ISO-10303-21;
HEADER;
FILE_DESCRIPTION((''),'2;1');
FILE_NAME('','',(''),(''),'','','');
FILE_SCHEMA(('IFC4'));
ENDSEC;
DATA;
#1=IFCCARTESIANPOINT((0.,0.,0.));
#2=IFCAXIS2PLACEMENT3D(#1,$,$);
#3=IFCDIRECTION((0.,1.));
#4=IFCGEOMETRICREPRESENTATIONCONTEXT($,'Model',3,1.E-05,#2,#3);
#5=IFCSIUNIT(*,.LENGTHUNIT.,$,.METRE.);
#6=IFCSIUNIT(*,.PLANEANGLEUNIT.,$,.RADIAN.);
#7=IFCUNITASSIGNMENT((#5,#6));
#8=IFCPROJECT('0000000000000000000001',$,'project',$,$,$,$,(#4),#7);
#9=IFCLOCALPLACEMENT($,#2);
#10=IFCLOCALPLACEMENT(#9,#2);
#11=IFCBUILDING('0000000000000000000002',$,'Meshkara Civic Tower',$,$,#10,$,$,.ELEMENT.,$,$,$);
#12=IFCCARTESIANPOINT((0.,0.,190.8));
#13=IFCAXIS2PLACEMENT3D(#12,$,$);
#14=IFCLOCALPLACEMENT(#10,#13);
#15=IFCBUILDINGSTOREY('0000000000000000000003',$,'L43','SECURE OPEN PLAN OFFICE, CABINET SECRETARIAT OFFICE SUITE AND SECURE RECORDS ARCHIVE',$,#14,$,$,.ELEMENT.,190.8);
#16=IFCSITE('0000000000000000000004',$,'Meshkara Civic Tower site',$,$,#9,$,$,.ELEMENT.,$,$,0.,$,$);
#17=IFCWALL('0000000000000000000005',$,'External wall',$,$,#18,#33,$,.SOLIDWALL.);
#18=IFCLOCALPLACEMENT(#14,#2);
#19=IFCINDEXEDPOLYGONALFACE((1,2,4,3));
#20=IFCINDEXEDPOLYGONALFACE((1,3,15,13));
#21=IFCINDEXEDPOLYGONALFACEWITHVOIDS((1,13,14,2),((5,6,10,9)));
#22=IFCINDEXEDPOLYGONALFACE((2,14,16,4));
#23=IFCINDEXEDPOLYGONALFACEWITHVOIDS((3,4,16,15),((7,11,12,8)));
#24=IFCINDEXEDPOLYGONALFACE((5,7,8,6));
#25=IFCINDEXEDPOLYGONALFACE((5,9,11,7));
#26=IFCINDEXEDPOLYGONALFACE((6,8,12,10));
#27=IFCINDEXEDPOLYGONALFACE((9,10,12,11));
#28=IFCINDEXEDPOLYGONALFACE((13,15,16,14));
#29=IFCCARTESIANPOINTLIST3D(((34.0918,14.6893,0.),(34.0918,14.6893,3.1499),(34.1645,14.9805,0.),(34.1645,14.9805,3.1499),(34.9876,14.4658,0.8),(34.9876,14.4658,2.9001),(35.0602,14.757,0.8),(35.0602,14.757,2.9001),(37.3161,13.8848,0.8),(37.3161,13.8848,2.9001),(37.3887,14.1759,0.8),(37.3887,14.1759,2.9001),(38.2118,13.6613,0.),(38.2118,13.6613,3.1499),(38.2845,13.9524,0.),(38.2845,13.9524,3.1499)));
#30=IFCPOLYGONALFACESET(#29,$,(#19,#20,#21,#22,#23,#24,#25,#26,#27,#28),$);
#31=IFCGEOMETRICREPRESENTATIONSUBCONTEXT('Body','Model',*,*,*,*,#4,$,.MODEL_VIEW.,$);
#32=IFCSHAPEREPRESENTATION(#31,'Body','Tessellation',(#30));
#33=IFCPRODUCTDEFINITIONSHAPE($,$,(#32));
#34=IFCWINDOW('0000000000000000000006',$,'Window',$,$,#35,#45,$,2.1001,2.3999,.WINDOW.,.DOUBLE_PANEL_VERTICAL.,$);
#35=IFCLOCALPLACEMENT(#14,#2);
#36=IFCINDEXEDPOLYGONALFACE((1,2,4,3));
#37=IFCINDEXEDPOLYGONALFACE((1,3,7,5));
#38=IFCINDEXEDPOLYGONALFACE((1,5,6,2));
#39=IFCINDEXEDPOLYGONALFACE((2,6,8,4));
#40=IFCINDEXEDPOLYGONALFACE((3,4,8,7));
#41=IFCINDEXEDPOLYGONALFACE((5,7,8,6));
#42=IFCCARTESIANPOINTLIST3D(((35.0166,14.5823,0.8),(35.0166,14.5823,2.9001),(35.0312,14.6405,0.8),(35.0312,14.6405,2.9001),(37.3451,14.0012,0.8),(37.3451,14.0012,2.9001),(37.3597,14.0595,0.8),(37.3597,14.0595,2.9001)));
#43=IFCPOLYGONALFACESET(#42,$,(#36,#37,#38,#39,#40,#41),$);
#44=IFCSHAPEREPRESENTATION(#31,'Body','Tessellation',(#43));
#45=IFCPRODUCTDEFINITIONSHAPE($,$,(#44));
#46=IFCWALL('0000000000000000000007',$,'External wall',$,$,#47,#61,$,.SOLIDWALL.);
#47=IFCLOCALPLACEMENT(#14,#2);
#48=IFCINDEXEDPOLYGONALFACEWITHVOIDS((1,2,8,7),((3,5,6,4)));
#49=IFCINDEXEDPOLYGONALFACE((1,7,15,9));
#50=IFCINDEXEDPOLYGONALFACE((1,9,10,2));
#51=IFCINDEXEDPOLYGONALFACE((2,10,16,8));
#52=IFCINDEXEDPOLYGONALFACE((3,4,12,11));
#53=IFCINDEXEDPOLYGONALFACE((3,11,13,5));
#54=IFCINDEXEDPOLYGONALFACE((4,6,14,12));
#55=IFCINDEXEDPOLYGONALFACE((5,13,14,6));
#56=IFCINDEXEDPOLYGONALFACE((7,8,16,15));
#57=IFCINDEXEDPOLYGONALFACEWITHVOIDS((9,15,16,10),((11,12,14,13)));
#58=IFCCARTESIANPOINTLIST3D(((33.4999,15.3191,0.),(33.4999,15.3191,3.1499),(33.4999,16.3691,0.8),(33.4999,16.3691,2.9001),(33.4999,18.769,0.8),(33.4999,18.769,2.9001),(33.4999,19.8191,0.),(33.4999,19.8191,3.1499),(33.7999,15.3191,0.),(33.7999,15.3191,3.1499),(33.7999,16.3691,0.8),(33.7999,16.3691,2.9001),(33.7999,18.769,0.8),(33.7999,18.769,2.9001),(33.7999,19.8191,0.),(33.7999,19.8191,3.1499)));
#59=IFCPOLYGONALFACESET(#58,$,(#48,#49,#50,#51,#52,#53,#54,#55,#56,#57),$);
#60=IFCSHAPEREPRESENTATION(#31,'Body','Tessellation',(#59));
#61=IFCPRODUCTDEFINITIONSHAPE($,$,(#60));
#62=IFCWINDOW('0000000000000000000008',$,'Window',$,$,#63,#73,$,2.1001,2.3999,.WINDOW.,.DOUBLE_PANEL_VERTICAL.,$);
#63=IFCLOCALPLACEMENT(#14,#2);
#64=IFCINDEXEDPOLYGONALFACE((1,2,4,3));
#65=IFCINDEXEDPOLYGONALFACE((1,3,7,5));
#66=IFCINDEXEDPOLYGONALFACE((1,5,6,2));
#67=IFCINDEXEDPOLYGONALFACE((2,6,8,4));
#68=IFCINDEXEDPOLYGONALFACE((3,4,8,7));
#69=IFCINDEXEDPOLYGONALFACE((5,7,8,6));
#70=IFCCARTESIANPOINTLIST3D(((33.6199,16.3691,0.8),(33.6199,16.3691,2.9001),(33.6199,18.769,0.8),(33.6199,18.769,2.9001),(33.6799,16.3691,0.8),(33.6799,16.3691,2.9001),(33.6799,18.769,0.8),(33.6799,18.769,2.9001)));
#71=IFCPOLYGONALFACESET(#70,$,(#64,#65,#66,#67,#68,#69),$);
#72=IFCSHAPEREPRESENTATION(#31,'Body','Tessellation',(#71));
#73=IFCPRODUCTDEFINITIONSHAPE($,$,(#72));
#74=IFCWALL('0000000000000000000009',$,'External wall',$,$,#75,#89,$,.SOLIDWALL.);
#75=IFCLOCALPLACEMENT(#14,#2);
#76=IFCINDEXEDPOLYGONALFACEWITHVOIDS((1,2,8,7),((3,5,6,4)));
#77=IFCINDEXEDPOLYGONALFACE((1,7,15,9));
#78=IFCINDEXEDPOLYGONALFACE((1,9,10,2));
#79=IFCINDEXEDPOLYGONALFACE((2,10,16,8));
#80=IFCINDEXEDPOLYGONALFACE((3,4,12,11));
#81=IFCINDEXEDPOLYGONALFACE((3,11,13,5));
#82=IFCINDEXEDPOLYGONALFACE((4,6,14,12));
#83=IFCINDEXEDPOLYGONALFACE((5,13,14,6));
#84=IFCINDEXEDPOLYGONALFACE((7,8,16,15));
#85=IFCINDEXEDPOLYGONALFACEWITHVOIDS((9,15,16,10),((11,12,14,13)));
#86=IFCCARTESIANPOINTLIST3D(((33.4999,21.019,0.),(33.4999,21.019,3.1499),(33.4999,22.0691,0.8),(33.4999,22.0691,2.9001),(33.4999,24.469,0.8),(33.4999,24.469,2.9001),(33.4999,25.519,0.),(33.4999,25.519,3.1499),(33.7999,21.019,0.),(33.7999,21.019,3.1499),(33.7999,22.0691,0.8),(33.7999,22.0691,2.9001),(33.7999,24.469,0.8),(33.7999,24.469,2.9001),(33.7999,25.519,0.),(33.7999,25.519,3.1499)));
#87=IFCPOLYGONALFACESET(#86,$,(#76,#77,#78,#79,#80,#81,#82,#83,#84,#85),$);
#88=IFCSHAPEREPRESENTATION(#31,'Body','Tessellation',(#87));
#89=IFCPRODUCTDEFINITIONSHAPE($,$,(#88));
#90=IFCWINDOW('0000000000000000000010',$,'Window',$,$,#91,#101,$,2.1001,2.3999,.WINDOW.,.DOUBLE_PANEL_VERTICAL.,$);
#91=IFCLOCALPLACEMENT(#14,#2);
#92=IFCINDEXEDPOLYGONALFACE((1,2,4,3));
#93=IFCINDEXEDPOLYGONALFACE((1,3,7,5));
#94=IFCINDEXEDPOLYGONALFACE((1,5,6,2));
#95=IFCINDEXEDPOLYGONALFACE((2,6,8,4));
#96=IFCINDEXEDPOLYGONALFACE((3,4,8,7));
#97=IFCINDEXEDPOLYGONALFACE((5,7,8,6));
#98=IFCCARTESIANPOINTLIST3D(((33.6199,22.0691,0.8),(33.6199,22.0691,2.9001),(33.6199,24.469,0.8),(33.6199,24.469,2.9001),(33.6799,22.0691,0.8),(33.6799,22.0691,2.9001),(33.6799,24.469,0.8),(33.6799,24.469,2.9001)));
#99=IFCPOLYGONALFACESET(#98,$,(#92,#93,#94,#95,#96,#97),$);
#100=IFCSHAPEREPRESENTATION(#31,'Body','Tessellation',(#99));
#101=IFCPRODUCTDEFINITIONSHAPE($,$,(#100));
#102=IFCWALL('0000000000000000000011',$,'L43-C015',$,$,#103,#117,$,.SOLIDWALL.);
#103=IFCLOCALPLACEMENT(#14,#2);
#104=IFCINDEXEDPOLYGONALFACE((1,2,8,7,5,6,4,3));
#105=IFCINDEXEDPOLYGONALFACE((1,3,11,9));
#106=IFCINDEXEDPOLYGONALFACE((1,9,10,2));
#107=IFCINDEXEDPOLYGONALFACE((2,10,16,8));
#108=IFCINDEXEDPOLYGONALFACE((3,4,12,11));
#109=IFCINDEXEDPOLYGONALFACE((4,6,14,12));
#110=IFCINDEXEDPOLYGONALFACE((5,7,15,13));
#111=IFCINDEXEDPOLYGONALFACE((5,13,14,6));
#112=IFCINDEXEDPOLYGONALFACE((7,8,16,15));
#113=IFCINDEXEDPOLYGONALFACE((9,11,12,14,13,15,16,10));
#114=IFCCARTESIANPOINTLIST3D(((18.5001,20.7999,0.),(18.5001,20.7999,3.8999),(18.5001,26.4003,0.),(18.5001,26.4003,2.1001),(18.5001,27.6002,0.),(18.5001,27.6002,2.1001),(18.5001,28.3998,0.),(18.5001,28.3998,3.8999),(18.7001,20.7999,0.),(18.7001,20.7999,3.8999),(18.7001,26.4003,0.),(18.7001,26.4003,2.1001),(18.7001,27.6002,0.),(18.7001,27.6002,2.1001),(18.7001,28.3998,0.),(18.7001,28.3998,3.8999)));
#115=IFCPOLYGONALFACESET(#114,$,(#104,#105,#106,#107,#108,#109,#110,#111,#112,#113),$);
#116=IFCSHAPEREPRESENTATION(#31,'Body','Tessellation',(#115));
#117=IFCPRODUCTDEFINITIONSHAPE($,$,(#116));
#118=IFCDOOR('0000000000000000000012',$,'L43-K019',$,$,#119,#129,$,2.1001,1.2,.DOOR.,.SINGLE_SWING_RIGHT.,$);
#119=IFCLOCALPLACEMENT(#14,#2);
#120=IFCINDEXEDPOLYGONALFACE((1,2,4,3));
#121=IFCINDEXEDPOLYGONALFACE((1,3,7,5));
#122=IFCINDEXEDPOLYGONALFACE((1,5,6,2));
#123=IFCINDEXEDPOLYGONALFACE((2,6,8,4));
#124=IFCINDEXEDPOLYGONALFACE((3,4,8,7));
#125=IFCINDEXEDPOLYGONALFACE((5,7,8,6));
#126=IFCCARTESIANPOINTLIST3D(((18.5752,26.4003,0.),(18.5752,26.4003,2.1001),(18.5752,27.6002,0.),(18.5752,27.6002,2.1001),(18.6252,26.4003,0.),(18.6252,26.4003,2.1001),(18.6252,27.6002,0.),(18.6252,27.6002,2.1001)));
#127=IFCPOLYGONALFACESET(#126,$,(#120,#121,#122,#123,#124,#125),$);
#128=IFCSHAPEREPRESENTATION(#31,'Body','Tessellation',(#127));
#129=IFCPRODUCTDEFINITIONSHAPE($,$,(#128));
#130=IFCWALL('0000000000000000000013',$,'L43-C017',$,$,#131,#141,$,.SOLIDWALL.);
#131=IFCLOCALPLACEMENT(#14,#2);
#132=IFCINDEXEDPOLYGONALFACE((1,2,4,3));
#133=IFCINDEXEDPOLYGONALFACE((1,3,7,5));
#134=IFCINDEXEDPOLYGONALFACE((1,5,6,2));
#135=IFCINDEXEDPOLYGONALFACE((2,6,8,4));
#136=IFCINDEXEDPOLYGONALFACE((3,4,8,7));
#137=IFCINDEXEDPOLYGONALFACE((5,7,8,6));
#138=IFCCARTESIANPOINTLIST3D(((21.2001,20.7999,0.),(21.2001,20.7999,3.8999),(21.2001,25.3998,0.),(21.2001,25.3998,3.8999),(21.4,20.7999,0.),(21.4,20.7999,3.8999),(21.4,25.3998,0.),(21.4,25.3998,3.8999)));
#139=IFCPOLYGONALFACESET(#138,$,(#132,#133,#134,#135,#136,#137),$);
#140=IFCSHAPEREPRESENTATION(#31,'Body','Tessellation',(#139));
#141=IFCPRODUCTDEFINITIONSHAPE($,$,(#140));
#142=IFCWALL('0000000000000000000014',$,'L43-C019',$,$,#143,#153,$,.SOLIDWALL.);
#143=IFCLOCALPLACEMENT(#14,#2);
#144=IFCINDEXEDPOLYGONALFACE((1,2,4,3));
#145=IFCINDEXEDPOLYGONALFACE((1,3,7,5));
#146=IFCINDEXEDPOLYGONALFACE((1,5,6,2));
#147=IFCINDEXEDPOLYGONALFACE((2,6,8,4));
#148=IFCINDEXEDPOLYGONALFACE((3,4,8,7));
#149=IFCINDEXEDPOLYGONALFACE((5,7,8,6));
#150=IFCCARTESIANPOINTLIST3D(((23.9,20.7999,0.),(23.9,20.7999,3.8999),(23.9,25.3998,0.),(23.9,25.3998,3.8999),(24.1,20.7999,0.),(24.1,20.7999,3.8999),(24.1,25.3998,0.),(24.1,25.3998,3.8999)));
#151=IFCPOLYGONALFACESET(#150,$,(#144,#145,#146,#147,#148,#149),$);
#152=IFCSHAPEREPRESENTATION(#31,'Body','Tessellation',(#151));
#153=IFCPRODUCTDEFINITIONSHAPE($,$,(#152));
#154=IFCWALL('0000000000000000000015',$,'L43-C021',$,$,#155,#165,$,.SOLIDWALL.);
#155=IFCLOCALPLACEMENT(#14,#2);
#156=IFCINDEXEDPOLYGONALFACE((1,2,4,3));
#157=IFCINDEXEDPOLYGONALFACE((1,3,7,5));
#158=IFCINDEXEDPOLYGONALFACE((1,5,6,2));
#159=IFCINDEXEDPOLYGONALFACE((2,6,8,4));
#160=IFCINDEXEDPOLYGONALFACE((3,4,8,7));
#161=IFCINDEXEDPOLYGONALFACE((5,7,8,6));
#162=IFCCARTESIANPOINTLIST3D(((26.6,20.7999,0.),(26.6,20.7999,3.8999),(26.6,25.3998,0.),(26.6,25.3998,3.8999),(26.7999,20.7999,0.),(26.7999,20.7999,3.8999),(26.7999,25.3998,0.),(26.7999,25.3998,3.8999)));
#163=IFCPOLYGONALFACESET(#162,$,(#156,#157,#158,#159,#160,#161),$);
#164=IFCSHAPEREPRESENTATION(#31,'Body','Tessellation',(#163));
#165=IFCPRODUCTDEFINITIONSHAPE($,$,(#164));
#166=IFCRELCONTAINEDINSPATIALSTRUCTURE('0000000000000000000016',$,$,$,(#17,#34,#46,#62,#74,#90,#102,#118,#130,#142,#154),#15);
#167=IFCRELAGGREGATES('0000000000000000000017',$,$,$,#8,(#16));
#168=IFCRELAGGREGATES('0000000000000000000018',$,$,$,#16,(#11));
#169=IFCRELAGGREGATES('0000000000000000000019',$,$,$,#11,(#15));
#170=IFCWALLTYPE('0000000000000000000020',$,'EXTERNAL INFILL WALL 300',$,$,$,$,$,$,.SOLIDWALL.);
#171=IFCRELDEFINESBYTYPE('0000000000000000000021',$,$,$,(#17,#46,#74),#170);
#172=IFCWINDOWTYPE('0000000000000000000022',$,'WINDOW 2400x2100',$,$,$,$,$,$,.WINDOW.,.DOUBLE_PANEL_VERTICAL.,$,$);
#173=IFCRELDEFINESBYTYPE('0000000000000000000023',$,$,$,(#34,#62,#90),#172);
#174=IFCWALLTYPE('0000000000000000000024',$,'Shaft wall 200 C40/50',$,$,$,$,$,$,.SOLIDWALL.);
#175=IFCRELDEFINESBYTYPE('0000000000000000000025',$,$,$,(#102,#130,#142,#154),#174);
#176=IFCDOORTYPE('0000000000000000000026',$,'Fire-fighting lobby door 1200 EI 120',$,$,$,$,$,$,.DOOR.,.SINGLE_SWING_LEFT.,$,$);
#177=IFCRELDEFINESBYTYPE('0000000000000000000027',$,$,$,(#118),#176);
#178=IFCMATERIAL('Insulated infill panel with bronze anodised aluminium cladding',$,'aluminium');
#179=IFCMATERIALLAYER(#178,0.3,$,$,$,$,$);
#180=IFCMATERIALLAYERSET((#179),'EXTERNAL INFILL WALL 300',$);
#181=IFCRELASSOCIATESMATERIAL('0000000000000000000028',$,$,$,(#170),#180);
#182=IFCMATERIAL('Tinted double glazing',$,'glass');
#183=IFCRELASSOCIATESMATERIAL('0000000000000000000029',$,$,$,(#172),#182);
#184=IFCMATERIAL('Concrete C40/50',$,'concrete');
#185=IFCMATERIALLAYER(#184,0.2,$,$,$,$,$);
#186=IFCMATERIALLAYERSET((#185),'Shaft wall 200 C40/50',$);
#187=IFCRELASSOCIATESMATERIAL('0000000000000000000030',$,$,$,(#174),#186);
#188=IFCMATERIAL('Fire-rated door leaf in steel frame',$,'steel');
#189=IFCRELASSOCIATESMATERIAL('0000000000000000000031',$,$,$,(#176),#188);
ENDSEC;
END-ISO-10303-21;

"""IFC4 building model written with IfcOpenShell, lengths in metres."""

from ifc_helpers import new_model, si_unit, direction, frame, frame_2d, origin, place, context, subcontext, project, spatial, rectangle, extrude, material, layer, layer_set, type_object, element, fill, save


model = new_model("IFC4")

# Units and contexts
model_context = context("Model", 3, precision=1e-05, world=origin(), true_north=direction((0.0, 1.0)))
body_context = subcontext(model_context, "Body", "Model", "MODEL_VIEW")
ifc_project = project(units=[si_unit("LENGTHUNIT", "METRE"), si_unit("PLANEANGLEUNIT", "RADIAN")], contexts=[model_context])

# Site, building, storey
site_placement = place(None, origin())
site = spatial("IfcSite", under=ifc_project, at=site_placement, Name="Meshkara Civic Tower site", CompositionType="ELEMENT", RefElevation=0.0)
building_placement = place(site_placement, origin())
building = spatial("IfcBuilding", under=site, at=building_placement, Name="Meshkara Civic Tower", CompositionType="ELEMENT")
storey_placement = place(building_placement, frame((0.0, 0.0, 190.8)))
storey = spatial("IfcBuildingStorey", under=building, at=storey_placement, Name="L43", Description="SECURE OPEN PLAN OFFICE, CABINET SECRETARIAT OFFICE SUITE AND SECURE RECORDS ARCHIVE", CompositionType="ELEMENT", Elevation=190.8)

# Walls, openings, windows
ifc_material_1 = material(Name="Insulated infill panel with bronze anodised aluminium cladding", Category="aluminium")
ifc_layer_1 = layer(ifc_material_1, 0.3)
ifc_layer_set_1 = layer_set([ifc_layer_1], Name="EXTERNAL INFILL WALL 300")
wall_type_1 = type_object("IfcWallType", Name="EXTERNAL INFILL WALL 300", PredefinedType="SOLIDWALL", material=ifc_layer_set_1)
wall_1_placement = place(storey_placement, frame((38.248, 13.8069, 0.0), z_axis=(0.0, 0.0, 1.0), x_axis=(-0.970251, 0.242103, 0.0)))
wall_1 = element("IfcWall", 1, at=wall_1_placement, inside=storey, type_object=wall_type_1, Name="External wall", PredefinedType="SOLIDWALL", context=body_context, shape_type="SweptSolid", body=[
    extrude(rectangle(XDim=4.2463, YDim=0.3, at=frame_2d((2.123, 0.0))), origin(), (0.0, 0.0, 1.0), 3.1499),
])
opening_1_placement = place(wall_1_placement, frame((0.9231, 0.0, 0.8)))
opening_1 = element("IfcOpeningElement", 2, at=opening_1_placement, cuts=wall_1, PredefinedType="OPENING", context=body_context, shape_type="SweptSolid", body=[
    extrude(rectangle(XDim=2.3999, YDim=2.1001, at=frame_2d((1.2, 1.05))), frame((0.0, 0.1599, 0.0), z_axis=(0.0, -1.0, 0.0), x_axis=(1.0, 0.0, 0.0)), (0.0, 0.0, 1.0), 0.3201),
])
ifc_material_2 = material(Name="Tinted double glazing", Category="glass")
window_type = type_object("IfcWindowType", Name="WINDOW 2400x2100", PartitioningType="DOUBLE_PANEL_VERTICAL", PredefinedType="WINDOW", material=ifc_material_2)
window_1_placement = place(opening_1_placement, origin())
window_1 = element("IfcWindow", 3, at=window_1_placement, inside=storey, type_object=window_type, Name="Window", OverallHeight=2.1001, OverallWidth=2.3999, PartitioningType="DOUBLE_PANEL_VERTICAL", PredefinedType="WINDOW", context=body_context, shape_type="SweptSolid", body=[
    extrude(rectangle(XDim=2.3999, YDim=2.1001, at=frame_2d((1.2, 1.05))), frame((0.0, 0.03, 0.0), z_axis=(0.0, -1.0, 0.0), x_axis=(1.0, 0.0, 0.0)), (0.0, 0.0, 1.0), 0.0601),
])
fill(opening_1, window_1)
wall_2_placement = place(storey_placement, frame((33.6499, 15.3191, 0.0), z_axis=(0.0, 0.0, 1.0), x_axis=(0.0, 1.0, 0.0)))
wall_2 = element("IfcWall", 4, at=wall_2_placement, inside=storey, type_object=wall_type_1, Name="External wall", PredefinedType="SOLIDWALL", context=body_context, shape_type="SweptSolid", body=[
    extrude(rectangle(XDim=4.5, YDim=0.3, at=frame_2d((2.25, 0.0))), origin(), (0.0, 0.0, 1.0), 3.1499),
])
opening_2_placement = place(wall_2_placement, frame((1.05, 0.0, 0.8)))
opening_2 = element("IfcOpeningElement", 5, at=opening_2_placement, cuts=wall_2, PredefinedType="OPENING", context=body_context, shape_type="SweptSolid", body=[
    extrude(rectangle(XDim=2.3999, YDim=2.1001, at=frame_2d((1.2, 1.05))), frame((0.0, 0.1599, 0.0), z_axis=(0.0, -1.0, 0.0), x_axis=(1.0, 0.0, 0.0)), (0.0, 0.0, 1.0), 0.3201),
])
window_2_placement = place(opening_2_placement, origin())
window_2 = element("IfcWindow", 6, at=window_2_placement, inside=storey, type_object=window_type, Name="Window", OverallHeight=2.1001, OverallWidth=2.3999, PartitioningType="DOUBLE_PANEL_VERTICAL", PredefinedType="WINDOW", context=body_context, shape_type="SweptSolid", body=[
    extrude(rectangle(XDim=2.3999, YDim=2.1001, at=frame_2d((1.2, 1.05))), frame((0.0, 0.03, 0.0), z_axis=(0.0, -1.0, 0.0), x_axis=(1.0, 0.0, 0.0)), (0.0, 0.0, 1.0), 0.0601),
])
fill(opening_2, window_2)
wall_3_placement = place(storey_placement, frame((33.6499, 21.019, 0.0), z_axis=(0.0, 0.0, 1.0), x_axis=(0.0, 1.0, 0.0)))
wall_3 = element("IfcWall", 7, at=wall_3_placement, inside=storey, type_object=wall_type_1, Name="External wall", PredefinedType="SOLIDWALL", context=body_context, shape_type="SweptSolid", body=[
    extrude(rectangle(XDim=4.5, YDim=0.3, at=frame_2d((2.25, 0.0))), origin(), (0.0, 0.0, 1.0), 3.1499),
])
opening_3_placement = place(wall_3_placement, frame((1.05, 0.0, 0.8)))
opening_3 = element("IfcOpeningElement", 8, at=opening_3_placement, cuts=wall_3, PredefinedType="OPENING", context=body_context, shape_type="SweptSolid", body=[
    extrude(rectangle(XDim=2.3999, YDim=2.1001, at=frame_2d((1.2, 1.05))), frame((0.0, 0.1599, 0.0), z_axis=(0.0, -1.0, 0.0), x_axis=(1.0, 0.0, 0.0)), (0.0, 0.0, 1.0), 0.3201),
])
window_3_placement = place(opening_3_placement, origin())
window_3 = element("IfcWindow", 9, at=window_3_placement, inside=storey, type_object=window_type, Name="Window", OverallHeight=2.1001, OverallWidth=2.3999, PartitioningType="DOUBLE_PANEL_VERTICAL", PredefinedType="WINDOW", context=body_context, shape_type="SweptSolid", body=[
    extrude(rectangle(XDim=2.3999, YDim=2.1001, at=frame_2d((1.2, 1.05))), frame((0.0, 0.03, 0.0), z_axis=(0.0, -1.0, 0.0), x_axis=(1.0, 0.0, 0.0)), (0.0, 0.0, 1.0), 0.0601),
])
fill(opening_3, window_3)

# Wall, opening, door
ifc_material_3 = material(Name="Concrete C40/50", Category="concrete")
ifc_layer_2 = layer(ifc_material_3, 0.2)
ifc_layer_set_2 = layer_set([ifc_layer_2], Name="Shaft wall 200 C40/50")
wall_type_2 = type_object("IfcWallType", Name="Shaft wall 200 C40/50", PredefinedType="SOLIDWALL", material=ifc_layer_set_2)
wall_4_placement = place(storey_placement, frame((18.6001, 20.8, 0.0), z_axis=(0.0, 0.0, 1.0), x_axis=(0.0, 1.0, 0.0)))
wall_4 = element("IfcWall", 10, at=wall_4_placement, inside=storey, type_object=wall_type_2, Name="L43-C015", PredefinedType="SOLIDWALL", context=body_context, shape_type="SweptSolid", body=[
    extrude(rectangle(XDim=7.5999, YDim=0.2, at=frame_2d((3.7998, 0.0))), origin(), (0.0, 0.0, 1.0), 3.8999),
])
opening_4_placement = place(wall_4_placement, frame((5.6001, 0.0, 0.0)))
opening_4 = element("IfcOpeningElement", 11, at=opening_4_placement, cuts=wall_4, PredefinedType="OPENING", context=body_context, shape_type="SweptSolid", body=[
    extrude(rectangle(XDim=1.2, YDim=2.1001, at=frame_2d((0.6001, 1.05))), frame((0.0, 0.1099, 0.0), z_axis=(0.0, -1.0, 0.0), x_axis=(1.0, 0.0, 0.0)), (0.0, 0.0, 1.0), 0.22),
])
ifc_material_4 = material(Name="Fire-rated door leaf in steel frame", Category="steel")
door_type_1 = type_object("IfcDoorType", Name="Fire-fighting lobby door 1200 EI 120", OperationType="SINGLE_SWING_LEFT", PredefinedType="DOOR", material=ifc_material_4)
door_1_placement = place(opening_4_placement, origin())
door_1 = element("IfcDoor", 12, at=door_1_placement, inside=storey, type_object=door_type_1, Name="L43-K019", OperationType="SINGLE_SWING_RIGHT", OverallHeight=2.1001, OverallWidth=1.2, PredefinedType="DOOR", context=body_context, shape_type="SweptSolid", body=[
    extrude(rectangle(XDim=1.2, YDim=2.1001, at=frame_2d((0.6001, 1.05))), frame((0.0, 0.0249, 0.0), z_axis=(0.0, -1.0, 0.0), x_axis=(1.0, 0.0, 0.0)), (0.0, 0.0, 1.0), 0.05),
])
fill(opening_4, door_1)

# Walls
for number, where, z_axis, x_axis, name in (
    (13, (21.3, 20.8, 0.0), (0.0, 0.0, 1.0), (0.0, 1.0, 0.0), "L43-C017"),
    (14, (24.0, 20.8, 0.0), (0.0, 0.0, 1.0), (0.0, 1.0, 0.0), "L43-C019"),
    (15, (26.7, 20.8, 0.0), (0.0, 0.0, 1.0), (0.0, 1.0, 0.0), "L43-C021"),
):
    element("IfcWall", number, at=place(storey_placement, frame(where, z_axis=z_axis, x_axis=x_axis)), inside=storey, type_object=wall_type_2, Name=name, PredefinedType="SOLIDWALL", context=body_context, shape_type="SweptSolid", body=[
        extrude(rectangle(XDim=4.5999, YDim=0.2, at=frame_2d((2.2998, 0.0))), origin(), (0.0, 0.0, 1.0), 3.8999),
    ])

save(model, "model.ifc")
